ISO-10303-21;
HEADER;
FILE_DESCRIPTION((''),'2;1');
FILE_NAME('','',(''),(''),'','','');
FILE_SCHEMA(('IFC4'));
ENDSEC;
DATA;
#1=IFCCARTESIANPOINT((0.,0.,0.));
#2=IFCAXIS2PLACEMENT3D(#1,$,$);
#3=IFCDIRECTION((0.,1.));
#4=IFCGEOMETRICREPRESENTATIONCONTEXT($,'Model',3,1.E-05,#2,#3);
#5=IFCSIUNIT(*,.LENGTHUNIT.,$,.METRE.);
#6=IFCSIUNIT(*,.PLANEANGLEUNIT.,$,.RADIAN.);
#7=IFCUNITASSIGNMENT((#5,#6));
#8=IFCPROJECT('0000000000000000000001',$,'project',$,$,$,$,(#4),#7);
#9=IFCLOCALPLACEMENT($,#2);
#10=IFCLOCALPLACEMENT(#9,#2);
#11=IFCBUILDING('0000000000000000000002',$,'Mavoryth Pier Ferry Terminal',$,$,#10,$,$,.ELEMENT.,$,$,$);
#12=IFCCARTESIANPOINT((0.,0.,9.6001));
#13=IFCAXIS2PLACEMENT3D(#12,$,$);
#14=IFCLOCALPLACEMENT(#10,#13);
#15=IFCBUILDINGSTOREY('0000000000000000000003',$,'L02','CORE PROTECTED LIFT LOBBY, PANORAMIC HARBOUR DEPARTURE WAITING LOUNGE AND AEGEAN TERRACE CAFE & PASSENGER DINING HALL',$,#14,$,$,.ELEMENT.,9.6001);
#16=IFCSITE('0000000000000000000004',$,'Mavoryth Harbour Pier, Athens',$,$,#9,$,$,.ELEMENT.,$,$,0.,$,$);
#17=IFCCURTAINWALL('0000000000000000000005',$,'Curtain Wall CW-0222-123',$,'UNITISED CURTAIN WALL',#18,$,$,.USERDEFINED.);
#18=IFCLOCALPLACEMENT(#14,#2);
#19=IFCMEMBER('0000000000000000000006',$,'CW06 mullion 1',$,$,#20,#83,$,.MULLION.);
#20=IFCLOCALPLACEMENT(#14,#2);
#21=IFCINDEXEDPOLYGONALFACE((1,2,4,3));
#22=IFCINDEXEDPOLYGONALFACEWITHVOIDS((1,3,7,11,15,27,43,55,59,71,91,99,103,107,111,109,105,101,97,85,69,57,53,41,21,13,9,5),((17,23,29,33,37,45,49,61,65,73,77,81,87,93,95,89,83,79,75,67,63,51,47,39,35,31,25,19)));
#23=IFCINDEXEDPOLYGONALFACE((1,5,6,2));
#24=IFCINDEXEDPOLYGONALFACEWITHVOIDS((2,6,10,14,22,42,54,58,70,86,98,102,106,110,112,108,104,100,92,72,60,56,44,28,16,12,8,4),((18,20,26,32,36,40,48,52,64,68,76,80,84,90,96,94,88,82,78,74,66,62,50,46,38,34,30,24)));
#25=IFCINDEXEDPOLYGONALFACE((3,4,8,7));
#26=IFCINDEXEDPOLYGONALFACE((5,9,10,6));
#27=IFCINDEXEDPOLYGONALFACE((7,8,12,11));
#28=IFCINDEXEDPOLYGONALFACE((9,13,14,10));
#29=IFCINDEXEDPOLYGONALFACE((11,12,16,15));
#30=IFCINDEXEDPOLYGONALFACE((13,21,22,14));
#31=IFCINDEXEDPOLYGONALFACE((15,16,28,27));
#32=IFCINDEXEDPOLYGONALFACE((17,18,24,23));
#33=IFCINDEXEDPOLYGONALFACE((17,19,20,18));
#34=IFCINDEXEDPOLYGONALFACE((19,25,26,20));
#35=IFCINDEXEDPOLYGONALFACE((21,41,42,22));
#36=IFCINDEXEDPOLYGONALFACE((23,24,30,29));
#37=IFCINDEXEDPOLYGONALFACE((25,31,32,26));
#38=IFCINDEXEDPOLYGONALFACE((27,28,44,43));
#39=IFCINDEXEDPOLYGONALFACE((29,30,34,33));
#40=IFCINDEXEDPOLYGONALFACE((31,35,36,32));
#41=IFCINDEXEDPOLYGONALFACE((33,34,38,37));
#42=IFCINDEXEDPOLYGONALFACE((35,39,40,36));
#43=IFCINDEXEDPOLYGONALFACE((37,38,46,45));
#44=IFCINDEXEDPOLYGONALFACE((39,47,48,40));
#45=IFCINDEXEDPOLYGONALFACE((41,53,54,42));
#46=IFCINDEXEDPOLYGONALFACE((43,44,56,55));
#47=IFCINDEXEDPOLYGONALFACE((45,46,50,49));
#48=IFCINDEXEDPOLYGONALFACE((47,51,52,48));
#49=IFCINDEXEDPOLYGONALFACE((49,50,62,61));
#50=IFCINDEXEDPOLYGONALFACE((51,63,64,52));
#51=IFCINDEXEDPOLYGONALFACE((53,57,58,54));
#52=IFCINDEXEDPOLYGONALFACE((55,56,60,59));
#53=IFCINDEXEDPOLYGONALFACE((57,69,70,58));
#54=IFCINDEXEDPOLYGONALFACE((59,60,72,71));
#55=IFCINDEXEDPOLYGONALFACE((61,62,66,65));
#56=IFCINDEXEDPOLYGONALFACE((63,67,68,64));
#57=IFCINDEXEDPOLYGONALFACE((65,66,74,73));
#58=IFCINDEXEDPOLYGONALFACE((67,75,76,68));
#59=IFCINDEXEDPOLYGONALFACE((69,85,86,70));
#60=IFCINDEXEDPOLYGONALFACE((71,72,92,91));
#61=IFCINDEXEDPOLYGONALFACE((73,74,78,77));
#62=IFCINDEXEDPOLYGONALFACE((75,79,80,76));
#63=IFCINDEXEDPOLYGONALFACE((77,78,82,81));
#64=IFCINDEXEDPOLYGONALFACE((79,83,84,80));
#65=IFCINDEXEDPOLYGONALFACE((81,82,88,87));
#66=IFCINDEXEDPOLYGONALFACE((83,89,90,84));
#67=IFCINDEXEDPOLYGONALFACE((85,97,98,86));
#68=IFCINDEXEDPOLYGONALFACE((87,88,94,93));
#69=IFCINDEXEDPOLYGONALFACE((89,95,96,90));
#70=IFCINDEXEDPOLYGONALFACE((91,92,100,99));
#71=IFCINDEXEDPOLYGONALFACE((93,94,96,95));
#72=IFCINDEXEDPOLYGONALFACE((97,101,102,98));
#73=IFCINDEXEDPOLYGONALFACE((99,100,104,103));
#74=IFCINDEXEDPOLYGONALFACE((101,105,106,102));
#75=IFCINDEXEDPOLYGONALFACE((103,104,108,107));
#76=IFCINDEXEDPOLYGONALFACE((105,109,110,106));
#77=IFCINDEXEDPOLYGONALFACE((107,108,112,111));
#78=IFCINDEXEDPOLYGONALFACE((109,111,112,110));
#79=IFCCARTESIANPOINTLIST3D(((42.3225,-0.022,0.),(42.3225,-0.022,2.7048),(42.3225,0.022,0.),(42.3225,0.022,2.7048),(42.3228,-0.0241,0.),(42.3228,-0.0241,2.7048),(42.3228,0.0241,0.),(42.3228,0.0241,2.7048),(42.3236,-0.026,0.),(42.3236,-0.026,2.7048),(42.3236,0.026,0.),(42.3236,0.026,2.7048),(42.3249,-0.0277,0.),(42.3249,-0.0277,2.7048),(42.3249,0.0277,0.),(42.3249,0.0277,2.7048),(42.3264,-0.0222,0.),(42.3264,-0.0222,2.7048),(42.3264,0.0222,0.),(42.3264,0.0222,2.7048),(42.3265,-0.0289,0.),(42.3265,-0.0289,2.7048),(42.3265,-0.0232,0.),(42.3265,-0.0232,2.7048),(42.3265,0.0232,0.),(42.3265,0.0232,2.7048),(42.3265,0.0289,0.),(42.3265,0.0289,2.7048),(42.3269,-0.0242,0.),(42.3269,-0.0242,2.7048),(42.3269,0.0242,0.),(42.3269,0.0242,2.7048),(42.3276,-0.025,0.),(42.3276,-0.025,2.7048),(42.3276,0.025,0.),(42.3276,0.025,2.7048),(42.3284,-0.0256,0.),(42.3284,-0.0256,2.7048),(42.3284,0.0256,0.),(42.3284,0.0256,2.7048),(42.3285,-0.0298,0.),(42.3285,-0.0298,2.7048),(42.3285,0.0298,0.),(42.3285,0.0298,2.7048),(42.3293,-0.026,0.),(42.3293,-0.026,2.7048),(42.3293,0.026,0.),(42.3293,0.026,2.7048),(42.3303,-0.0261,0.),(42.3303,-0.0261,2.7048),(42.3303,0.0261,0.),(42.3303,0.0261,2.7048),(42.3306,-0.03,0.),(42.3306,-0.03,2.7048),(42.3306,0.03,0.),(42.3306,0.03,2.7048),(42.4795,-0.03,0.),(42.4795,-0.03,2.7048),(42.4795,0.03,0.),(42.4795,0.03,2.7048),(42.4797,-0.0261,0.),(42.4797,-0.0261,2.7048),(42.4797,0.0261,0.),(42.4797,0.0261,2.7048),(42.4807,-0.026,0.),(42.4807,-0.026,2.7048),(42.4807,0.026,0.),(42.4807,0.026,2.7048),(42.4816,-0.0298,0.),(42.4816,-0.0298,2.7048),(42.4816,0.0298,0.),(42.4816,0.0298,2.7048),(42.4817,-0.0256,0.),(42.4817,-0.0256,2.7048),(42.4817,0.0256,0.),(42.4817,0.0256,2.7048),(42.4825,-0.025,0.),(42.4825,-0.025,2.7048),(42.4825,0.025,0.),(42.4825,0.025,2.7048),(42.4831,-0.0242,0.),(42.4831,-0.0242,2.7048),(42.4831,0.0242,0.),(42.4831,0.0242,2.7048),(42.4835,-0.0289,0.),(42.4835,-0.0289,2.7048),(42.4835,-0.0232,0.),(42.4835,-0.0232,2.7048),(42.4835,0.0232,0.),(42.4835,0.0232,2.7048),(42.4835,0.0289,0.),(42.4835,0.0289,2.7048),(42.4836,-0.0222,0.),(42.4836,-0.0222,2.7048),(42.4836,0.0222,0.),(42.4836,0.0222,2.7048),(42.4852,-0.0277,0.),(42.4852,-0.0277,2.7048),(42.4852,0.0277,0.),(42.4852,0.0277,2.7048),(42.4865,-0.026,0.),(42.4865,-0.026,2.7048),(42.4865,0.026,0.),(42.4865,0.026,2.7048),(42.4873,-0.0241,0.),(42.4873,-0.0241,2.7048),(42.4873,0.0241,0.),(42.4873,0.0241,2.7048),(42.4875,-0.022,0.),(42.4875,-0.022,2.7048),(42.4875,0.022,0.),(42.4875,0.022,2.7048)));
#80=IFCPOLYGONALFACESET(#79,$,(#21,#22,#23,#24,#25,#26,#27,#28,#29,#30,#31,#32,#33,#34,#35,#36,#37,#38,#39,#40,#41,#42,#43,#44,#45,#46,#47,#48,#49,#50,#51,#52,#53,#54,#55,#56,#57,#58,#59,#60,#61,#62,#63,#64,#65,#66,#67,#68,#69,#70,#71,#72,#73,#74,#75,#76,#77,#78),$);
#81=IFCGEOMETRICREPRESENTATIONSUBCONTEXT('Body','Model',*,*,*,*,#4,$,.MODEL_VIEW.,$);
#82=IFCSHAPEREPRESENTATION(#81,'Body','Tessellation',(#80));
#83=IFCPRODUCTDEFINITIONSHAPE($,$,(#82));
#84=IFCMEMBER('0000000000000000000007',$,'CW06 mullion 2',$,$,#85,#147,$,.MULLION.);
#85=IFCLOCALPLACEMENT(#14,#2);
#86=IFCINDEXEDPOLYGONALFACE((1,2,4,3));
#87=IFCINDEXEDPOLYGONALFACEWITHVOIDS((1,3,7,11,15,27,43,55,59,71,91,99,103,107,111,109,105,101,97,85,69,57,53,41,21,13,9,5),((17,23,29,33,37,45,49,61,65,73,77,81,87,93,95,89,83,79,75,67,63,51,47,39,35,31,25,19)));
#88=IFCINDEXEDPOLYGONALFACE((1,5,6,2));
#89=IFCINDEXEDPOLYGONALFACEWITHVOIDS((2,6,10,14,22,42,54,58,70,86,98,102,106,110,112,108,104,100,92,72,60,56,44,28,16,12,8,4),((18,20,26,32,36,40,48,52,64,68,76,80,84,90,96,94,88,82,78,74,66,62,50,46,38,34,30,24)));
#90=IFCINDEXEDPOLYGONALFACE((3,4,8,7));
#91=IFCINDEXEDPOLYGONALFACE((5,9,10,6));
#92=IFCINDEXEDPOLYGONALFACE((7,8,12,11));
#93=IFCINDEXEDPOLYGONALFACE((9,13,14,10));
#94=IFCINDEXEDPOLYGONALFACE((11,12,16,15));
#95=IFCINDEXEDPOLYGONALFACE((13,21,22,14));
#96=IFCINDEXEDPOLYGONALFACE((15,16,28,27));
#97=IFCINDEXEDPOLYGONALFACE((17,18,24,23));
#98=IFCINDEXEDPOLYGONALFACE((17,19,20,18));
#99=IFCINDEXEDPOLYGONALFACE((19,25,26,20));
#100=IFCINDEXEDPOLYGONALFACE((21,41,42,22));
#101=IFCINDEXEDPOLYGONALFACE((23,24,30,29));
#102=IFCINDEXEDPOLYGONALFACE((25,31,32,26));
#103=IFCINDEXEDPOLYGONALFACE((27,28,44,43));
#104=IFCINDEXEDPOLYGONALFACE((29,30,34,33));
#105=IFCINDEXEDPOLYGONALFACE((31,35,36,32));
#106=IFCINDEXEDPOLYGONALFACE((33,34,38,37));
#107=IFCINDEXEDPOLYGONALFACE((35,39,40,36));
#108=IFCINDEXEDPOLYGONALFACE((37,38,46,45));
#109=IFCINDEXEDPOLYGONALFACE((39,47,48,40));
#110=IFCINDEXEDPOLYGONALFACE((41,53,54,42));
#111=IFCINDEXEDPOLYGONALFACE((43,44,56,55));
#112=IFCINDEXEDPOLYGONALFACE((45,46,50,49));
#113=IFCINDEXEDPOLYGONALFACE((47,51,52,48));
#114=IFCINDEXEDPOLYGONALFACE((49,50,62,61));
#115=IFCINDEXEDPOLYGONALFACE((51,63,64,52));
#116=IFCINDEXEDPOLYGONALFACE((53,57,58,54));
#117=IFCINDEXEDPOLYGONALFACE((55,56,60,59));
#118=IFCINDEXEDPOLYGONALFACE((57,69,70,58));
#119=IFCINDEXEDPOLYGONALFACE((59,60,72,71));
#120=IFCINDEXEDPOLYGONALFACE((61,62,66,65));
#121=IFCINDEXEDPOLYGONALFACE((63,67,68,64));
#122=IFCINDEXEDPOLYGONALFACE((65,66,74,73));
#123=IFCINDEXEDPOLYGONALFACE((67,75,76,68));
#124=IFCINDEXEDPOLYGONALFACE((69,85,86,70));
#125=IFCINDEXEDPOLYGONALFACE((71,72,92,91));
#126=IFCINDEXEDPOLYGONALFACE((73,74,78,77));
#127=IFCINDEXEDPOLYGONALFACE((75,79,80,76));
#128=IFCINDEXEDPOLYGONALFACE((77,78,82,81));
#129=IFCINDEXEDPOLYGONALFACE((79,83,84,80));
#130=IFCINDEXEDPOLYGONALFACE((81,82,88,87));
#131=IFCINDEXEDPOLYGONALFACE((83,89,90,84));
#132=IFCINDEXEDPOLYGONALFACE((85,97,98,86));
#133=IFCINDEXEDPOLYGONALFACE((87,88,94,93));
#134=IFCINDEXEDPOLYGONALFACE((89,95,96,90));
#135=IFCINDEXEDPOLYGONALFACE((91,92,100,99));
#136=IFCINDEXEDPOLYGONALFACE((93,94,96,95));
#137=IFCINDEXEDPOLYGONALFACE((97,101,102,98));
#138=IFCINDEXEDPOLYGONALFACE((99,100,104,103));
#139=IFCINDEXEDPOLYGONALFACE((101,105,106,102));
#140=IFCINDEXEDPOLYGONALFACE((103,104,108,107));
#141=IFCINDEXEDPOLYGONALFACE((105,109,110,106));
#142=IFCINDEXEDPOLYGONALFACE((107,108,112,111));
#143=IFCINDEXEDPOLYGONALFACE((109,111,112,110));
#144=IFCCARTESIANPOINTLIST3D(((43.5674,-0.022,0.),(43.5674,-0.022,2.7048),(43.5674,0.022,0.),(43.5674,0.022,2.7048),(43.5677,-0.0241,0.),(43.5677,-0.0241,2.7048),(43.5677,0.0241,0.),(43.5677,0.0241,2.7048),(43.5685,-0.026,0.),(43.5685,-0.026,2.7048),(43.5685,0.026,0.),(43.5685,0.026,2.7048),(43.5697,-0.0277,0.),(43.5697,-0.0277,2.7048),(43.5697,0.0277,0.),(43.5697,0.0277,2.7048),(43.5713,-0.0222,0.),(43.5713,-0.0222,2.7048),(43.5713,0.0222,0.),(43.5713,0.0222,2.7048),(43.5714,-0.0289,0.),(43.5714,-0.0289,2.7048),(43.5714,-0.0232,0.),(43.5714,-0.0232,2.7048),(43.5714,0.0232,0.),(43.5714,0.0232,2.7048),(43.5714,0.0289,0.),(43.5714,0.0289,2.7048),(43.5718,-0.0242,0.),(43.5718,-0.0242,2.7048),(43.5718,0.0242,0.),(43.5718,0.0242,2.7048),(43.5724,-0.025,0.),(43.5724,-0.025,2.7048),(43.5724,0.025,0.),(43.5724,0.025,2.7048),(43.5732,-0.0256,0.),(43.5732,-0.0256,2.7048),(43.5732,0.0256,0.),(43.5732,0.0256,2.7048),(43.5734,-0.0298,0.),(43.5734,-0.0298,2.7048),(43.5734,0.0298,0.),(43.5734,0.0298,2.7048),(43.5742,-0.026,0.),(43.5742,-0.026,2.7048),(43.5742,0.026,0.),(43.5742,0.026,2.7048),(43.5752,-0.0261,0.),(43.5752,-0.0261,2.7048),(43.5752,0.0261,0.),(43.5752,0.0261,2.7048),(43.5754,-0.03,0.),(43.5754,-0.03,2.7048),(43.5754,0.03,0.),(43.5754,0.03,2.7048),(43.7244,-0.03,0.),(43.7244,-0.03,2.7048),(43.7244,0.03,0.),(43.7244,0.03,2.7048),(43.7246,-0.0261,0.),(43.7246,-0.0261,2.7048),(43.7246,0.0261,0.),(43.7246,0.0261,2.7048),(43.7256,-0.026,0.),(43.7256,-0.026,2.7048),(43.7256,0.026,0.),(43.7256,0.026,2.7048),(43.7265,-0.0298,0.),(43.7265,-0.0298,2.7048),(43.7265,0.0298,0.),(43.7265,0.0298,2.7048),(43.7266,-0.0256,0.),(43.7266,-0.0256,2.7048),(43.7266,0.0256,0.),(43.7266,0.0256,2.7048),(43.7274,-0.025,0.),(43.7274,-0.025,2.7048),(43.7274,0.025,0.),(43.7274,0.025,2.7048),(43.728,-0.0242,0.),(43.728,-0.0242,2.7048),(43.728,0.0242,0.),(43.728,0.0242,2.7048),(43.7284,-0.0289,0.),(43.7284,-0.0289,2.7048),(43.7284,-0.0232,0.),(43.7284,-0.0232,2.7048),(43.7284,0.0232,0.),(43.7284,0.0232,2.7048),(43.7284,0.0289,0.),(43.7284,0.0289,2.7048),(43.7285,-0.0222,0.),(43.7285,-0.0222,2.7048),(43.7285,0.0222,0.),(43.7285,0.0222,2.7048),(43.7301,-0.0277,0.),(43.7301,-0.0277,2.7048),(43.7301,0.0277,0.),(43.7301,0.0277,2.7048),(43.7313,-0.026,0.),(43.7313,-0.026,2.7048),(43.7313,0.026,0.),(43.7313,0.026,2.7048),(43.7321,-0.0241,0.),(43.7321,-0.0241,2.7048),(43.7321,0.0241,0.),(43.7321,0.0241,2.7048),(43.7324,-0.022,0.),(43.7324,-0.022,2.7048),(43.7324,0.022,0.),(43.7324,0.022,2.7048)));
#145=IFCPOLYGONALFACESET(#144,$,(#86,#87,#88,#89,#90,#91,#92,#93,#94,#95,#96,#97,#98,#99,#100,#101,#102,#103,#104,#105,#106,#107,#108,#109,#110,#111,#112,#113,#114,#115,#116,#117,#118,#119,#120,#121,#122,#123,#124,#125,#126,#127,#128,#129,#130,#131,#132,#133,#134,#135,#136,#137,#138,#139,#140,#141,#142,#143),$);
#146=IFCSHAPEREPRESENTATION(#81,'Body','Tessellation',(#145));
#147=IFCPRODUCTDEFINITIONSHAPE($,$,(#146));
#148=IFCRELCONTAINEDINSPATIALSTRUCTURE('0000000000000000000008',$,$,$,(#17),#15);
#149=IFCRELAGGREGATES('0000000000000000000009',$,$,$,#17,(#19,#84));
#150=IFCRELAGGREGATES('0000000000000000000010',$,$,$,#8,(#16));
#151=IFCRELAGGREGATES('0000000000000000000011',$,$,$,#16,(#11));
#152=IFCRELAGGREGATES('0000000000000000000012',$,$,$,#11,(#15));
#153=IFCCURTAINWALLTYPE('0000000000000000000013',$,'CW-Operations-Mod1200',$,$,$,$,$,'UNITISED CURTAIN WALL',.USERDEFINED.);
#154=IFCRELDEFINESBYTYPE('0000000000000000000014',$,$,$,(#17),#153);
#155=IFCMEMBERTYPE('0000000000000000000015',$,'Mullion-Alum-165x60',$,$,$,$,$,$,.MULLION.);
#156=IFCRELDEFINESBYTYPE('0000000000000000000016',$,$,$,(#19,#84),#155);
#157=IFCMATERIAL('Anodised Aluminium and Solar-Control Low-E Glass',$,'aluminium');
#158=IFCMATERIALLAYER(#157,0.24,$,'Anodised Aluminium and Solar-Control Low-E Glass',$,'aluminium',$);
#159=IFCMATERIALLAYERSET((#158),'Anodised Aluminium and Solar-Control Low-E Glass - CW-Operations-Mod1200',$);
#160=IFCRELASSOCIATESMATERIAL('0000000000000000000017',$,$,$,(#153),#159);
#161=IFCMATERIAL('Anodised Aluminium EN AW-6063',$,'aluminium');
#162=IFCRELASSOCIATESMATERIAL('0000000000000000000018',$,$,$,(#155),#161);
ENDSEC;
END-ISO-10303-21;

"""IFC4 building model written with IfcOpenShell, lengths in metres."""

from ifc_helpers import new_model, si_unit, direction, frame, origin, origin_2d, place, context, subcontext, project, spatial, hollow_rectangle, extrude, material, layer, layer_set, material_profile, profile_set, type_object, element, aggregate, save


model = new_model("IFC4")

# Units and contexts
model_context = context("Model", 3, precision=1e-05, world=origin(), true_north=direction((0.0, 1.0)))
body_context = subcontext(model_context, "Body", "Model", "MODEL_VIEW")
ifc_project = project(units=[si_unit("LENGTHUNIT", "METRE"), si_unit("PLANEANGLEUNIT", "RADIAN")], contexts=[model_context])

# Site, building, storey
site_placement = place(None, origin())
site = spatial("IfcSite", under=ifc_project, at=site_placement, Name="Mavoryth Harbour Pier, Athens", CompositionType="ELEMENT", RefElevation=0.0)
building_placement = place(site_placement, origin())
building = spatial("IfcBuilding", under=site, at=building_placement, Name="Mavoryth Pier Ferry Terminal", CompositionType="ELEMENT")
storey_placement = place(building_placement, frame((0.0, 0.0, 9.6001)))
storey = spatial("IfcBuildingStorey", under=building, at=storey_placement, Name="L02", Description="CORE PROTECTED LIFT LOBBY, PANORAMIC HARBOUR DEPARTURE WAITING LOUNGE AND AEGEAN TERRACE CAFE & PASSENGER DINING HALL", CompositionType="ELEMENT", Elevation=9.6001)

# Curtain wall, members
ifc_material_1 = material(Name="Anodised Aluminium and Solar-Control Low-E Glass", Category="aluminium")
ifc_layer_1 = layer(ifc_material_1, 0.24, Name="Anodised Aluminium and Solar-Control Low-E Glass", Category="aluminium")
ifc_layer_set_1 = layer_set([ifc_layer_1], Name="Anodised Aluminium and Solar-Control Low-E Glass - CW-Operations-Mod1200")
curtain_wall_type = type_object("IfcCurtainWallType", Name="CW-Operations-Mod1200", ElementType="UNITISED CURTAIN WALL", PredefinedType="USERDEFINED", material=ifc_layer_set_1)
curtain_wall_placement = place(storey_placement, origin())
curtain_wall = element("IfcCurtainWall", 1, at=curtain_wall_placement, inside=storey, type_object=curtain_wall_type, Name="Curtain Wall CW-0222-123", ObjectType="UNITISED CURTAIN WALL", PredefinedType="USERDEFINED")
ifc_material_2 = material(Name="Anodised Aluminium EN AW-6063", Category="aluminium")
ifc_material_profile_1 = material_profile(ifc_material_2, hollow_rectangle(XDim=0.0601, YDim=0.165, WallThickness=0.0039, InnerFilletRadius=0.0039, OuterFilletRadius=0.0081, at=origin_2d()), Name="AL-MULL 165x60x4", Category="aluminium")
ifc_profile_set_1 = profile_set([ifc_material_profile_1], Name="Anodised Aluminium EN AW-6063 - AL-MULL 165x60x4")
member_type_1 = type_object("IfcMemberType", Name="Mullion-Alum-165x60", PredefinedType="MULLION", material=ifc_profile_set_1)
member_1_placement = place(storey_placement, frame((42.405, 0.0, 0.0), z_axis=(0.0, 0.0, 1.0), x_axis=(0.0, 1.0, 0.0)))
member_1 = element("IfcMember", 2, at=member_1_placement, type_object=member_type_1, Name="CW06 mullion 1", PredefinedType="MULLION", context=body_context, shape_type="SweptSolid", body=[
    extrude(hollow_rectangle(XDim=0.0601, YDim=0.165, WallThickness=0.0039, InnerFilletRadius=0.0039, OuterFilletRadius=0.0081, at=origin_2d()), origin(), (0.0, 0.0, 1.0), 2.7048),
])
member_2_placement = place(storey_placement, frame((43.6499, 0.0, 0.0), z_axis=(0.0, 0.0, 1.0), x_axis=(0.0, 1.0, 0.0)))
member_2 = element("IfcMember", 3, at=member_2_placement, type_object=member_type_1, Name="CW06 mullion 2", PredefinedType="MULLION", context=body_context, shape_type="SweptSolid", body=[
    extrude(hollow_rectangle(XDim=0.0601, YDim=0.165, WallThickness=0.0039, InnerFilletRadius=0.0039, OuterFilletRadius=0.0081, at=origin_2d()), origin(), (0.0, 0.0, 1.0), 2.7048),
])

aggregate(curtain_wall, [member_1, member_2])

save(model, "model.ifc")
